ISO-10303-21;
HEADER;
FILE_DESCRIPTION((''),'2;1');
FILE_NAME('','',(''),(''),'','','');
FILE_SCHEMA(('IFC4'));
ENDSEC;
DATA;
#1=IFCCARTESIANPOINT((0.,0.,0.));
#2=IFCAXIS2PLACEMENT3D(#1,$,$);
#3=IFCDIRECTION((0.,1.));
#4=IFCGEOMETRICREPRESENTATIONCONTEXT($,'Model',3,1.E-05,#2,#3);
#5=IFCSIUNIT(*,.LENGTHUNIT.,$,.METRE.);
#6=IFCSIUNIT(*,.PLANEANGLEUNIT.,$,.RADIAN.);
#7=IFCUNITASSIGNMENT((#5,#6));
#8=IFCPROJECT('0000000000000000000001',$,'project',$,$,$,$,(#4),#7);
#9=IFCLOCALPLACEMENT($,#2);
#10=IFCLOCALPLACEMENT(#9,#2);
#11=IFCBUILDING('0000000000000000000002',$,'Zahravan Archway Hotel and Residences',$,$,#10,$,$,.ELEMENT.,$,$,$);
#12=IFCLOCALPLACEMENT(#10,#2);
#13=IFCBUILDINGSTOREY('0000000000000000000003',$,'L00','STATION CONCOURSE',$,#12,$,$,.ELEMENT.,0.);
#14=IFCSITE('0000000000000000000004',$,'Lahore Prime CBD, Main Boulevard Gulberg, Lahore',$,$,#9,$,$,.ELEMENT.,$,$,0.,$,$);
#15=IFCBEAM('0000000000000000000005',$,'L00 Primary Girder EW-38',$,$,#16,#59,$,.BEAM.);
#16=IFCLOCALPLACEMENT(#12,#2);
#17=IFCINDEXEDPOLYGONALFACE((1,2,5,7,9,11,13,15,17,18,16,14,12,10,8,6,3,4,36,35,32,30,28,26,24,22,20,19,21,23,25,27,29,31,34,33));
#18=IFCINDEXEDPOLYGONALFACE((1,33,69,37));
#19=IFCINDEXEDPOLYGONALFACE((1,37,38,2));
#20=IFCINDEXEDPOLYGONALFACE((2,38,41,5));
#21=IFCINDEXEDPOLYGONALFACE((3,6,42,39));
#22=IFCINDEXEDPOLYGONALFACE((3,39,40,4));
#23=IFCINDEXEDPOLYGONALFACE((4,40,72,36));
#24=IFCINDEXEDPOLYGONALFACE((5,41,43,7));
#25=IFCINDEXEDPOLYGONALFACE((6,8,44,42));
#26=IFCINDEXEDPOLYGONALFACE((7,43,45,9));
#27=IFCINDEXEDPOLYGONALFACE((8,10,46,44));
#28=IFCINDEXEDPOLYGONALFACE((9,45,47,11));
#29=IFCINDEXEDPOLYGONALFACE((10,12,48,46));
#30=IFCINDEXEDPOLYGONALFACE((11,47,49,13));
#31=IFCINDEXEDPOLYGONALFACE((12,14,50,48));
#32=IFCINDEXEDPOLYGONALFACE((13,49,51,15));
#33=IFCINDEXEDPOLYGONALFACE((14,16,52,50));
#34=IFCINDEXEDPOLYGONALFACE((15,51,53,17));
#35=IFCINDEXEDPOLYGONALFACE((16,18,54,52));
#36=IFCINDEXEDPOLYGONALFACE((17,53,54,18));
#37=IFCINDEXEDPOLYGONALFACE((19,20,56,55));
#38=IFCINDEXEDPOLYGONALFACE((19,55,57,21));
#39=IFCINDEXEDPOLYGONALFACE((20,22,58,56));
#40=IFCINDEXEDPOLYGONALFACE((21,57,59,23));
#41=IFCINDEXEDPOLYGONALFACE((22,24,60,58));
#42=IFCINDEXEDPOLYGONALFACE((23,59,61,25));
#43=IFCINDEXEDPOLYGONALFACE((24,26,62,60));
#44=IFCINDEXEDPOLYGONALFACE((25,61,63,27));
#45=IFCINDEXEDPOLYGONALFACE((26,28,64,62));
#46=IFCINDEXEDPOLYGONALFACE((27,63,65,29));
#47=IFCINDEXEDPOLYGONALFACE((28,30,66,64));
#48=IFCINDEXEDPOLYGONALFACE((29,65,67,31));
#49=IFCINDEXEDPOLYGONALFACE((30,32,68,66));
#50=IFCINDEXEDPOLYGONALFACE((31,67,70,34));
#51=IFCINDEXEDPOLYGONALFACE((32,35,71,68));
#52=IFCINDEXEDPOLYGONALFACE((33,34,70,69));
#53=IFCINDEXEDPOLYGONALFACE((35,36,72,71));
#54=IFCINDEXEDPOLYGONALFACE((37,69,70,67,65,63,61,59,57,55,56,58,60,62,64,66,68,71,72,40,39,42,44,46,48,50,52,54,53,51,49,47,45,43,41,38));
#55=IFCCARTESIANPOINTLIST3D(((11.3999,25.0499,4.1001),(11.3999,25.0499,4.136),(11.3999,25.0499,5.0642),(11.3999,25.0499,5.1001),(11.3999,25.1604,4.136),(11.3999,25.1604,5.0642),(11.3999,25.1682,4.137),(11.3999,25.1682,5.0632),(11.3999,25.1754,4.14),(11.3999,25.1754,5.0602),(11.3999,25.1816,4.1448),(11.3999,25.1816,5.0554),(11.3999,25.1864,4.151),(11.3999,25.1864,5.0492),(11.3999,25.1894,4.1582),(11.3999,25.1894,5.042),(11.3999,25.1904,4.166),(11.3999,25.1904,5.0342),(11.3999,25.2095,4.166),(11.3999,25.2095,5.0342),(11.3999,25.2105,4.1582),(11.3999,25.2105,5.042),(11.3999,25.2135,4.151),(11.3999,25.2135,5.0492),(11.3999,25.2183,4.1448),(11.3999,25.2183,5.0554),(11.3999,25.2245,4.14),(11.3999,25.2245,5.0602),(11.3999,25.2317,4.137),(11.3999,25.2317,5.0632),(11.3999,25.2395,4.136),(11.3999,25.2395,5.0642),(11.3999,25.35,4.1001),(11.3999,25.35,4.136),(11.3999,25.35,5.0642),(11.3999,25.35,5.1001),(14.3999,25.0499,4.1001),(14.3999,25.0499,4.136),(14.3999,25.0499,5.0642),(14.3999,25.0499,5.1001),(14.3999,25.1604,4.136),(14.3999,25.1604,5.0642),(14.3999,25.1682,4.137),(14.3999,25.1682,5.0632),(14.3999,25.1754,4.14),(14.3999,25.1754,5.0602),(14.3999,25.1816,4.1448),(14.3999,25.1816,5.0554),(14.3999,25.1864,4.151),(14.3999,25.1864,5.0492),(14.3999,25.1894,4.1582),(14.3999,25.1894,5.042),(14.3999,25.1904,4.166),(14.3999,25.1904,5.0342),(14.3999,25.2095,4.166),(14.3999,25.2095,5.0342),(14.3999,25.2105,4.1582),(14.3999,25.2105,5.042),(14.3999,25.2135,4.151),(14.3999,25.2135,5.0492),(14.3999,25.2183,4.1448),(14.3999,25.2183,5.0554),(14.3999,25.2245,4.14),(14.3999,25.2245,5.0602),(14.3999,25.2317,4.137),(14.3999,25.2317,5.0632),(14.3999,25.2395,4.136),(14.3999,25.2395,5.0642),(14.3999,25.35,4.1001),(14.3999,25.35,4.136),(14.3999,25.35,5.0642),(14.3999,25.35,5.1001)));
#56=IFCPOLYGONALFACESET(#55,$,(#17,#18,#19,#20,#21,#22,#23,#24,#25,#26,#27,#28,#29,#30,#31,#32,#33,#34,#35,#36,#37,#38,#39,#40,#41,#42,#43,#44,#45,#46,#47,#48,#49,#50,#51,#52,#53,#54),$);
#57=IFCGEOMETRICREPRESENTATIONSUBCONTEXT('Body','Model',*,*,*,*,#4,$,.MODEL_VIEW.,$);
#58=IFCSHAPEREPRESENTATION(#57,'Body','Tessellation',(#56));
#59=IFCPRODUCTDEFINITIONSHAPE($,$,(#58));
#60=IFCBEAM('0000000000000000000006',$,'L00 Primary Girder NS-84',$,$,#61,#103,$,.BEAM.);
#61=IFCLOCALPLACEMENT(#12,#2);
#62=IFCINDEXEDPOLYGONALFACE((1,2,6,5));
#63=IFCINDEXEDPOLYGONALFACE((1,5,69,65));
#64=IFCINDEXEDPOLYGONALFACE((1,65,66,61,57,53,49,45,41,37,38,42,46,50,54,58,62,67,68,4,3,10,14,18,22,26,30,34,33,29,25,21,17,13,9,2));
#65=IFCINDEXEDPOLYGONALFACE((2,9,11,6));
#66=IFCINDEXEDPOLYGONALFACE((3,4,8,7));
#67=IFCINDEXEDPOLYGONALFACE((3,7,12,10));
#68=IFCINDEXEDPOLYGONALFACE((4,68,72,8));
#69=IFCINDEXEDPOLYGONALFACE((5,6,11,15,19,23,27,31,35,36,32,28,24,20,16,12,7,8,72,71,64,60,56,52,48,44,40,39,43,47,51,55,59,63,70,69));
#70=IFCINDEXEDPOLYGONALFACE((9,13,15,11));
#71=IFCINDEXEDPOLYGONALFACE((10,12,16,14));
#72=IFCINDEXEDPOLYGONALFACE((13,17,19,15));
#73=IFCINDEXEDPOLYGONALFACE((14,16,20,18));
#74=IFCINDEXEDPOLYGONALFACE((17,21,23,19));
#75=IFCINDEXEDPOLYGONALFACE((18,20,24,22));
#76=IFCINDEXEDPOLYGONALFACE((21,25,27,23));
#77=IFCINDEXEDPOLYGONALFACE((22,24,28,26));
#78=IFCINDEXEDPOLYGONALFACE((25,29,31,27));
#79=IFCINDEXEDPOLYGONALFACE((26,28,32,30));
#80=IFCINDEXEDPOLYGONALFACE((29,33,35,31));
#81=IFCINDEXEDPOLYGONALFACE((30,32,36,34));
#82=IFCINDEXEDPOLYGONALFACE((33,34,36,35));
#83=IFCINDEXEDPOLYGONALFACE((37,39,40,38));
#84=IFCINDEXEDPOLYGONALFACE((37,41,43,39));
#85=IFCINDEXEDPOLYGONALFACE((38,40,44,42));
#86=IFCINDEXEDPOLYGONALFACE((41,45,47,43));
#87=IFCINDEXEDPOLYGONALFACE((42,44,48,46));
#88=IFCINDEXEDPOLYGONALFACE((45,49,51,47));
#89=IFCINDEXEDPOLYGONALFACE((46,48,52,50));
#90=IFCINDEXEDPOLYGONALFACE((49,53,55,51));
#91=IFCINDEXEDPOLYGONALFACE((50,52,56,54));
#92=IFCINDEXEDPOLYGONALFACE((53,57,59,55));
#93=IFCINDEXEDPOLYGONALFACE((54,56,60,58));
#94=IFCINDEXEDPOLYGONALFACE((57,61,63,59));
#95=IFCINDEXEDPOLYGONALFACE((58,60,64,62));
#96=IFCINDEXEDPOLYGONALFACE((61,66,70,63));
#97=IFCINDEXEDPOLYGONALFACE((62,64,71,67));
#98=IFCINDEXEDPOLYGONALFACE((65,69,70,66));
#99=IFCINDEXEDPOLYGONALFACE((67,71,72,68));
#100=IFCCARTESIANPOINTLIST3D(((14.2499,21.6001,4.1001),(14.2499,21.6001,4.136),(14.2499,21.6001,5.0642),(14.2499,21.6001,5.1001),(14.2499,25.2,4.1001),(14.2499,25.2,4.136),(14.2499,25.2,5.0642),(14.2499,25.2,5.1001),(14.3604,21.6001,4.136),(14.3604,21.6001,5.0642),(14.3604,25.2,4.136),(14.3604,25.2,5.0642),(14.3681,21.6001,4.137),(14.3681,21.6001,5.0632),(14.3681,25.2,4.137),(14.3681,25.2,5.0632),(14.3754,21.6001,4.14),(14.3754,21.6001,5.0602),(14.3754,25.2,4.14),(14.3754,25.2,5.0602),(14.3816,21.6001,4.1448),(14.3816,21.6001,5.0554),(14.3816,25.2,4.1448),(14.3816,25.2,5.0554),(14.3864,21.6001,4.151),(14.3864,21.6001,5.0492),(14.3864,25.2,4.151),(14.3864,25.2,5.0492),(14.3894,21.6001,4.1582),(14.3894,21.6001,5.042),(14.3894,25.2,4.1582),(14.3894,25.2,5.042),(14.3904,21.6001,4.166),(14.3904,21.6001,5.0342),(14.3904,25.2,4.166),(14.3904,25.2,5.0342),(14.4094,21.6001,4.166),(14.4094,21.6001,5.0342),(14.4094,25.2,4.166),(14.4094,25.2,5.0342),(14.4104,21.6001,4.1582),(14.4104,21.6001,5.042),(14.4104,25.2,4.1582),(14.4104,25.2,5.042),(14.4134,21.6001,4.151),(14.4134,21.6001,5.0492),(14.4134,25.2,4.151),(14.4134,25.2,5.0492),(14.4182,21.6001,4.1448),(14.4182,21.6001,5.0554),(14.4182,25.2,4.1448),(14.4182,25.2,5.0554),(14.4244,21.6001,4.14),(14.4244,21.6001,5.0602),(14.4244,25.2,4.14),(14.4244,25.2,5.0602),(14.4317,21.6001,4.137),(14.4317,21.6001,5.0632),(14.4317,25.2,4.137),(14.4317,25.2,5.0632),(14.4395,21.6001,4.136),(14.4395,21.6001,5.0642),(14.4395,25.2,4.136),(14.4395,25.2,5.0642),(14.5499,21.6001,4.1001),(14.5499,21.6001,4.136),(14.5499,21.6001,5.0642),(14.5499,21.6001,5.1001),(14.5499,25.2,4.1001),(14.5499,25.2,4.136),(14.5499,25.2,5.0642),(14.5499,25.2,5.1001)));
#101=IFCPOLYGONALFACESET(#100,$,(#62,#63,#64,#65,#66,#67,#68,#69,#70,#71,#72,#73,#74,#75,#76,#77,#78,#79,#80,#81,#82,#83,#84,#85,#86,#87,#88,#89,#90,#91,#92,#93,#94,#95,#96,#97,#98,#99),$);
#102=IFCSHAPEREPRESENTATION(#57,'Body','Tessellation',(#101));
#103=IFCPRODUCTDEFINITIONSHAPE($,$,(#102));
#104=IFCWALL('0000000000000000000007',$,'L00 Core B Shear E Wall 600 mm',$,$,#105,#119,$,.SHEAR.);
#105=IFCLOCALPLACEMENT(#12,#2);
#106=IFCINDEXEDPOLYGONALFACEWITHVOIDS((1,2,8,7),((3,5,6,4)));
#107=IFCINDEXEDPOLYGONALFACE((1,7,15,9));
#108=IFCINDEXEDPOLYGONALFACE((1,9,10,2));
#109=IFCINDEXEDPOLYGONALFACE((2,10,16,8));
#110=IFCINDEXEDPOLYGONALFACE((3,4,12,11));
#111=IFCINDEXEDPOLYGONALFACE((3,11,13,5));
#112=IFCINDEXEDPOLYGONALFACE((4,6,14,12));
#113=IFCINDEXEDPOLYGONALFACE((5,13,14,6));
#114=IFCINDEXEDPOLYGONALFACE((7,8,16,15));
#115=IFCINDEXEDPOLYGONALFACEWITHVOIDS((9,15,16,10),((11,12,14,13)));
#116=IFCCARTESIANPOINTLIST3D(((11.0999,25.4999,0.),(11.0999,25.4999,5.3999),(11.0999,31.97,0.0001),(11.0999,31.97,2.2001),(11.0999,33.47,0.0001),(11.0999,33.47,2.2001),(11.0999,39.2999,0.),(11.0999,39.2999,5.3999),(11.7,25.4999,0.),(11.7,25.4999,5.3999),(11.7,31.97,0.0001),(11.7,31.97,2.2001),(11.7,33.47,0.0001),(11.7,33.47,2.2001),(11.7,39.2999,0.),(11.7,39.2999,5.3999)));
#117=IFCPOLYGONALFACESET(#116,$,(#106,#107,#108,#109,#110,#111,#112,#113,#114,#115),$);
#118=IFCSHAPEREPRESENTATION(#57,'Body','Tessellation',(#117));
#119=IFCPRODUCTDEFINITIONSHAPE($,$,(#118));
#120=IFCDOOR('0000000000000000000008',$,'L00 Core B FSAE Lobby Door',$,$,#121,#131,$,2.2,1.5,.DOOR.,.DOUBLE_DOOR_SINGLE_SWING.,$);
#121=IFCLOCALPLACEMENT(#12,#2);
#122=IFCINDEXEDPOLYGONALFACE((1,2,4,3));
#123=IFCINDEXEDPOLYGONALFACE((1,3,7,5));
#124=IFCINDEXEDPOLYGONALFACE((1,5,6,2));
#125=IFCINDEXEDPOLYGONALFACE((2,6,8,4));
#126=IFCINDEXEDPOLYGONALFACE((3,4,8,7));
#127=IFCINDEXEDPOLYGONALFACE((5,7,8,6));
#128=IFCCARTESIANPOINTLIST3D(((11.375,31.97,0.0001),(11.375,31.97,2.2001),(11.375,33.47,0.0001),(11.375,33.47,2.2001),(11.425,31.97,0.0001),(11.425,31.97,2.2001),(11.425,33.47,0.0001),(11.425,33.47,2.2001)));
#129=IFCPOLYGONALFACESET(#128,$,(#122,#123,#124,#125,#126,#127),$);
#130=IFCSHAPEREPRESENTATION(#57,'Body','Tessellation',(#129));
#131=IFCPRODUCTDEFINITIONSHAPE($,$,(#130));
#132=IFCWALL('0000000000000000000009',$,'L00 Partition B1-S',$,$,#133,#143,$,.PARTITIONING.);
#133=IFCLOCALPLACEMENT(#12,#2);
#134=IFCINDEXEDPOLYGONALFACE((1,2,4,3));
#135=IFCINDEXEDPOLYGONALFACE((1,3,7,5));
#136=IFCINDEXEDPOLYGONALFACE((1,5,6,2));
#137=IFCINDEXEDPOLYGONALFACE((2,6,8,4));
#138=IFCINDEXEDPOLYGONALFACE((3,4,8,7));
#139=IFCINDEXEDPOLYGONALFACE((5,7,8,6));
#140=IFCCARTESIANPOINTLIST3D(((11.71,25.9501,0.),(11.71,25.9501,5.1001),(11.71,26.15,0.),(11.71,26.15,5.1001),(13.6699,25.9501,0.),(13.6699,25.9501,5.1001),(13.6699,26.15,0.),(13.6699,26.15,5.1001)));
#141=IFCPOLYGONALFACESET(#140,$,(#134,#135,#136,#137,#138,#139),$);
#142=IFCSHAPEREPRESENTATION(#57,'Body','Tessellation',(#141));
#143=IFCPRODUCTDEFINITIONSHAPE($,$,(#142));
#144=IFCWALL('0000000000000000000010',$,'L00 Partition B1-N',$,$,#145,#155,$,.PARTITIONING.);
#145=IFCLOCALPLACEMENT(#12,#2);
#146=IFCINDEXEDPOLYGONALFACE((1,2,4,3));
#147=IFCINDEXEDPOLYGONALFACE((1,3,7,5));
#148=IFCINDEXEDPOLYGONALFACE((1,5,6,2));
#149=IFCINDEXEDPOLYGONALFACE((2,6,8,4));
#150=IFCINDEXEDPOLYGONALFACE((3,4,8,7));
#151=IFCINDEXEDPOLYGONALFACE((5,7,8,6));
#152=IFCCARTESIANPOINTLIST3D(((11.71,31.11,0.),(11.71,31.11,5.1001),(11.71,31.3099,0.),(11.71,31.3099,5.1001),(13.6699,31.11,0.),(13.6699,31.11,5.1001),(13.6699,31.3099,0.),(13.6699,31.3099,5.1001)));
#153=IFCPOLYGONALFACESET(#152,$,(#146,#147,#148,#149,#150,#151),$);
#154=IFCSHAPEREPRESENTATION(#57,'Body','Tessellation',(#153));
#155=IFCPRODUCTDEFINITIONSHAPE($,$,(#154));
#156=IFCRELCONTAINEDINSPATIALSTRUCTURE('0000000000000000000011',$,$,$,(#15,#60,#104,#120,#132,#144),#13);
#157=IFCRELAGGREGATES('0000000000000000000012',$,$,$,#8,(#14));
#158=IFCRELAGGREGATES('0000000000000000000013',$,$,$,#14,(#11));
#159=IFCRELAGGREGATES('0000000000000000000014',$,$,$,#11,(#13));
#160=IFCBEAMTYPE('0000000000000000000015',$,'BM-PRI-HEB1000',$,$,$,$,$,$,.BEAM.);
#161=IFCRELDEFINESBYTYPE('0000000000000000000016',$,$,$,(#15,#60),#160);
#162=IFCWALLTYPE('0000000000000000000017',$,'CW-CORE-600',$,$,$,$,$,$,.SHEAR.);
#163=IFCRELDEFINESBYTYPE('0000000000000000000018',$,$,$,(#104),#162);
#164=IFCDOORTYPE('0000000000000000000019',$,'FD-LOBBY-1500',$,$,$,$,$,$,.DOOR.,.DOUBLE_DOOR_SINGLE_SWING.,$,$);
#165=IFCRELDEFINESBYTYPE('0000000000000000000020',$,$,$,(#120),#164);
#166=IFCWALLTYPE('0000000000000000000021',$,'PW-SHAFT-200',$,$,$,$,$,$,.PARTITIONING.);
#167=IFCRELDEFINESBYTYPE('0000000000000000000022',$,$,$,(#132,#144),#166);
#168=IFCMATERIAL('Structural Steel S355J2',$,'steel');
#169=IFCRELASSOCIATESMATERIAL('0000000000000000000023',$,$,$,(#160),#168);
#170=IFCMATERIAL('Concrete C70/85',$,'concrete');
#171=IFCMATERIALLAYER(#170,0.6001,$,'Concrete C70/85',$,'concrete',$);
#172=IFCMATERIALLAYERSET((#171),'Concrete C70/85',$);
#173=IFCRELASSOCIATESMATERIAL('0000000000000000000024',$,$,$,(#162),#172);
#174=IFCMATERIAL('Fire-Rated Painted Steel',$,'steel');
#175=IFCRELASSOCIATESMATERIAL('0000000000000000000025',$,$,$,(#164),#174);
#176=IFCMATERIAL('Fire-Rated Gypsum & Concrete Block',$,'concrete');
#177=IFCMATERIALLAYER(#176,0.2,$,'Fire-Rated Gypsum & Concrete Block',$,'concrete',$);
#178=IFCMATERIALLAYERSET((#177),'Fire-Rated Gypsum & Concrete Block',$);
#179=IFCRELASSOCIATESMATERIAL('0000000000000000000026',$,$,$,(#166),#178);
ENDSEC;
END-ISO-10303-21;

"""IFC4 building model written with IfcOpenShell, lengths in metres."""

from ifc_helpers import new_model, si_unit, direction, frame, frame_2d, origin, origin_2d, place, context, subcontext, project, spatial, rectangle, i_section, extrude, source, transform, mapped, material, layer, layer_set, material_profile, profile_set, type_object, type_shapes, element, fill, save


model = new_model("IFC4")

# Units and contexts
model_context = context("Model", 3, precision=1e-05, world=origin(), true_north=direction((0.0, 1.0)))
body_context = subcontext(model_context, "Body", "Model", "MODEL_VIEW")
ifc_project = project(units=[si_unit("LENGTHUNIT", "METRE"), si_unit("PLANEANGLEUNIT", "RADIAN")], contexts=[model_context])

# Site, building, storey
site_placement = place(None, origin())
site = spatial("IfcSite", under=ifc_project, at=site_placement, Name="Lahore Prime CBD, Main Boulevard Gulberg, Lahore", CompositionType="ELEMENT", RefElevation=0.0)
building_placement = place(site_placement, origin())
building = spatial("IfcBuilding", under=site, at=building_placement, Name="Zahravan Archway Hotel and Residences", CompositionType="ELEMENT")
storey_placement = place(building_placement, origin())
storey = spatial("IfcBuildingStorey", under=building, at=storey_placement, Name="L00", Description="STATION CONCOURSE", CompositionType="ELEMENT", Elevation=0.0)

# Shared definitions
ifc_material_1 = material(Name="Concrete C70/85", Category="concrete")

# Beams
ifc_material_2 = material(Name="Structural Steel S355J2", Category="steel")
ifc_material_profile_1 = material_profile(ifc_material_2, i_section(OverallWidth=0.3, OverallDepth=1.0, WebThickness=0.019, FlangeThickness=0.0359, FilletRadius=0.03, at=origin_2d()), Name="HEB 1000", Category="steel")
ifc_profile_set_1 = profile_set([ifc_material_profile_1], Name="Structural Steel S355J2")
beam_type = type_object("IfcBeamType", Name="BM-PRI-HEB1000", PredefinedType="BEAM", material=ifc_profile_set_1)
shared_shape_1 = source(origin(), body_context, "Body", "SweptSolid", [
    extrude(i_section(OverallWidth=0.3, OverallDepth=1.0, WebThickness=0.019, FlangeThickness=0.0359, FilletRadius=0.03, at=origin_2d()), origin(), (0.0, 0.0, 1.0), 3.0),
])
beam_1_placement = place(storey_placement, frame((11.3999, 25.2, 4.6001), z_axis=(1.0, 0.0, 0.0), x_axis=(0.0, 1.0, 0.0)))
element("IfcBeam", 1, at=beam_1_placement, inside=storey, type_object=beam_type, Name="L00 Primary Girder EW-38", PredefinedType="BEAM", context=body_context, shape_type="MappedRepresentation", body=[
    mapped(shared_shape_1, transform((0.0, 0.0, 0.0), scale=1.0)),
])
shared_shape_2 = source(origin(), body_context, "Body", "SweptSolid", [
    extrude(i_section(OverallWidth=0.3, OverallDepth=1.0, WebThickness=0.019, FlangeThickness=0.0359, FilletRadius=0.03, at=origin_2d()), origin(), (0.0, 0.0, 1.0), 3.5999),
])
beam_2_placement = place(storey_placement, frame((14.3999, 21.6001, 4.6001), z_axis=(0.0, 1.0, 0.0), x_axis=(-1.0, 0.0, 0.0)))
element("IfcBeam", 2, at=beam_2_placement, inside=storey, type_object=beam_type, Name="L00 Primary Girder NS-84", PredefinedType="BEAM", context=body_context, shape_type="MappedRepresentation", body=[
    mapped(shared_shape_2, transform((0.0, 0.0, 0.0), scale=1.0)),
])

# Wall, opening, door
ifc_layer_1 = layer(ifc_material_1, 0.6001, Name="Concrete C70/85", Category="concrete")
ifc_layer_set_1 = layer_set([ifc_layer_1], Name="Concrete C70/85")
wall_type_1 = type_object("IfcWallType", Name="CW-CORE-600", PredefinedType="SHEAR", material=ifc_layer_set_1)
wall_1_placement = place(storey_placement, frame((11.3999, 25.5, 0.0), z_axis=(0.0, 0.0, 1.0), x_axis=(0.0, 1.0, 0.0)))
wall_1 = element("IfcWall", 3, at=wall_1_placement, inside=storey, type_object=wall_type_1, Name="L00 Core B Shear E Wall 600 mm", PredefinedType="SHEAR", context=body_context, shape_type="SweptSolid", body=[
    extrude(rectangle(XDim=13.8, YDim=0.6001, at=frame_2d((6.8999, 0.0))), origin(), (0.0, 0.0, 1.0), 5.3999),
])
opening_1_placement = place(wall_1_placement, frame((6.47, 0.0, 0.0)))
opening_1 = element("IfcOpeningElement", 4, at=opening_1_placement, cuts=wall_1, PredefinedType="OPENING", context=body_context, shape_type="SweptSolid", body=[
    extrude(rectangle(XDim=1.5, YDim=2.2, at=frame_2d((0.75, 1.1001))), frame((0.0, 0.3101, 0.0), z_axis=(0.0, -1.0, 0.0), x_axis=(1.0, 0.0, 0.0)), (0.0, 0.0, 1.0), 0.6201),
])
ifc_material_3 = material(Name="Fire-Rated Painted Steel", Category="steel")
door_type_1 = type_object("IfcDoorType", Name="FD-LOBBY-1500", OperationType="DOUBLE_DOOR_SINGLE_SWING", PredefinedType="DOOR", material=ifc_material_3)
shared_shape_3 = source(origin(), body_context, "Body", "SweptSolid", [
    extrude(rectangle(XDim=1.5, YDim=2.2, at=frame_2d((0.75, 1.1001))), frame((0.0, 0.0249, 0.0), z_axis=(0.0, -1.0, 0.0), x_axis=(1.0, 0.0, 0.0)), (0.0, 0.0, 1.0), 0.05),
])
type_shapes(door_type_1, [shared_shape_3])
door_1_placement = place(opening_1_placement, origin())
door_1 = element("IfcDoor", 5, at=door_1_placement, inside=storey, type_object=door_type_1, Name="L00 Core B FSAE Lobby Door", OperationType="DOUBLE_DOOR_SINGLE_SWING", OverallHeight=2.2, OverallWidth=1.5, PredefinedType="DOOR", context=body_context, shape_type="MappedRepresentation", body=[
    mapped(shared_shape_3, transform((0.0, 0.0, 0.0), scale=1.0)),
])
fill(opening_1, door_1)

# Walls
ifc_material_4 = material(Name="Fire-Rated Gypsum & Concrete Block", Category="concrete")
ifc_layer_2 = layer(ifc_material_4, 0.2, Name="Fire-Rated Gypsum & Concrete Block", Category="concrete")
ifc_layer_set_2 = layer_set([ifc_layer_2], Name="Fire-Rated Gypsum & Concrete Block")
wall_type_2 = type_object("IfcWallType", Name="PW-SHAFT-200", PredefinedType="PARTITIONING", material=ifc_layer_set_2)
for number, where, z_axis, x_axis, name in (
    (6, (11.71, 26.05, 0.0), (0.0, 0.0, 1.0), (1.0, 0.0, 0.0), "L00 Partition B1-S"),
    (7, (11.71, 31.21, 0.0), (0.0, 0.0, 1.0), (1.0, 0.0, 0.0), "L00 Partition B1-N"),
):
    element("IfcWall", number, at=place(storey_placement, frame(where, z_axis=z_axis, x_axis=x_axis)), inside=storey, type_object=wall_type_2, Name=name, PredefinedType="PARTITIONING", context=body_context, shape_type="SweptSolid", body=[
        extrude(rectangle(XDim=1.96, YDim=0.2, at=frame_2d((0.98, 0.0))), origin(), (0.0, 0.0, 1.0), 5.1001),
    ])

save(model, "model.ifc")
